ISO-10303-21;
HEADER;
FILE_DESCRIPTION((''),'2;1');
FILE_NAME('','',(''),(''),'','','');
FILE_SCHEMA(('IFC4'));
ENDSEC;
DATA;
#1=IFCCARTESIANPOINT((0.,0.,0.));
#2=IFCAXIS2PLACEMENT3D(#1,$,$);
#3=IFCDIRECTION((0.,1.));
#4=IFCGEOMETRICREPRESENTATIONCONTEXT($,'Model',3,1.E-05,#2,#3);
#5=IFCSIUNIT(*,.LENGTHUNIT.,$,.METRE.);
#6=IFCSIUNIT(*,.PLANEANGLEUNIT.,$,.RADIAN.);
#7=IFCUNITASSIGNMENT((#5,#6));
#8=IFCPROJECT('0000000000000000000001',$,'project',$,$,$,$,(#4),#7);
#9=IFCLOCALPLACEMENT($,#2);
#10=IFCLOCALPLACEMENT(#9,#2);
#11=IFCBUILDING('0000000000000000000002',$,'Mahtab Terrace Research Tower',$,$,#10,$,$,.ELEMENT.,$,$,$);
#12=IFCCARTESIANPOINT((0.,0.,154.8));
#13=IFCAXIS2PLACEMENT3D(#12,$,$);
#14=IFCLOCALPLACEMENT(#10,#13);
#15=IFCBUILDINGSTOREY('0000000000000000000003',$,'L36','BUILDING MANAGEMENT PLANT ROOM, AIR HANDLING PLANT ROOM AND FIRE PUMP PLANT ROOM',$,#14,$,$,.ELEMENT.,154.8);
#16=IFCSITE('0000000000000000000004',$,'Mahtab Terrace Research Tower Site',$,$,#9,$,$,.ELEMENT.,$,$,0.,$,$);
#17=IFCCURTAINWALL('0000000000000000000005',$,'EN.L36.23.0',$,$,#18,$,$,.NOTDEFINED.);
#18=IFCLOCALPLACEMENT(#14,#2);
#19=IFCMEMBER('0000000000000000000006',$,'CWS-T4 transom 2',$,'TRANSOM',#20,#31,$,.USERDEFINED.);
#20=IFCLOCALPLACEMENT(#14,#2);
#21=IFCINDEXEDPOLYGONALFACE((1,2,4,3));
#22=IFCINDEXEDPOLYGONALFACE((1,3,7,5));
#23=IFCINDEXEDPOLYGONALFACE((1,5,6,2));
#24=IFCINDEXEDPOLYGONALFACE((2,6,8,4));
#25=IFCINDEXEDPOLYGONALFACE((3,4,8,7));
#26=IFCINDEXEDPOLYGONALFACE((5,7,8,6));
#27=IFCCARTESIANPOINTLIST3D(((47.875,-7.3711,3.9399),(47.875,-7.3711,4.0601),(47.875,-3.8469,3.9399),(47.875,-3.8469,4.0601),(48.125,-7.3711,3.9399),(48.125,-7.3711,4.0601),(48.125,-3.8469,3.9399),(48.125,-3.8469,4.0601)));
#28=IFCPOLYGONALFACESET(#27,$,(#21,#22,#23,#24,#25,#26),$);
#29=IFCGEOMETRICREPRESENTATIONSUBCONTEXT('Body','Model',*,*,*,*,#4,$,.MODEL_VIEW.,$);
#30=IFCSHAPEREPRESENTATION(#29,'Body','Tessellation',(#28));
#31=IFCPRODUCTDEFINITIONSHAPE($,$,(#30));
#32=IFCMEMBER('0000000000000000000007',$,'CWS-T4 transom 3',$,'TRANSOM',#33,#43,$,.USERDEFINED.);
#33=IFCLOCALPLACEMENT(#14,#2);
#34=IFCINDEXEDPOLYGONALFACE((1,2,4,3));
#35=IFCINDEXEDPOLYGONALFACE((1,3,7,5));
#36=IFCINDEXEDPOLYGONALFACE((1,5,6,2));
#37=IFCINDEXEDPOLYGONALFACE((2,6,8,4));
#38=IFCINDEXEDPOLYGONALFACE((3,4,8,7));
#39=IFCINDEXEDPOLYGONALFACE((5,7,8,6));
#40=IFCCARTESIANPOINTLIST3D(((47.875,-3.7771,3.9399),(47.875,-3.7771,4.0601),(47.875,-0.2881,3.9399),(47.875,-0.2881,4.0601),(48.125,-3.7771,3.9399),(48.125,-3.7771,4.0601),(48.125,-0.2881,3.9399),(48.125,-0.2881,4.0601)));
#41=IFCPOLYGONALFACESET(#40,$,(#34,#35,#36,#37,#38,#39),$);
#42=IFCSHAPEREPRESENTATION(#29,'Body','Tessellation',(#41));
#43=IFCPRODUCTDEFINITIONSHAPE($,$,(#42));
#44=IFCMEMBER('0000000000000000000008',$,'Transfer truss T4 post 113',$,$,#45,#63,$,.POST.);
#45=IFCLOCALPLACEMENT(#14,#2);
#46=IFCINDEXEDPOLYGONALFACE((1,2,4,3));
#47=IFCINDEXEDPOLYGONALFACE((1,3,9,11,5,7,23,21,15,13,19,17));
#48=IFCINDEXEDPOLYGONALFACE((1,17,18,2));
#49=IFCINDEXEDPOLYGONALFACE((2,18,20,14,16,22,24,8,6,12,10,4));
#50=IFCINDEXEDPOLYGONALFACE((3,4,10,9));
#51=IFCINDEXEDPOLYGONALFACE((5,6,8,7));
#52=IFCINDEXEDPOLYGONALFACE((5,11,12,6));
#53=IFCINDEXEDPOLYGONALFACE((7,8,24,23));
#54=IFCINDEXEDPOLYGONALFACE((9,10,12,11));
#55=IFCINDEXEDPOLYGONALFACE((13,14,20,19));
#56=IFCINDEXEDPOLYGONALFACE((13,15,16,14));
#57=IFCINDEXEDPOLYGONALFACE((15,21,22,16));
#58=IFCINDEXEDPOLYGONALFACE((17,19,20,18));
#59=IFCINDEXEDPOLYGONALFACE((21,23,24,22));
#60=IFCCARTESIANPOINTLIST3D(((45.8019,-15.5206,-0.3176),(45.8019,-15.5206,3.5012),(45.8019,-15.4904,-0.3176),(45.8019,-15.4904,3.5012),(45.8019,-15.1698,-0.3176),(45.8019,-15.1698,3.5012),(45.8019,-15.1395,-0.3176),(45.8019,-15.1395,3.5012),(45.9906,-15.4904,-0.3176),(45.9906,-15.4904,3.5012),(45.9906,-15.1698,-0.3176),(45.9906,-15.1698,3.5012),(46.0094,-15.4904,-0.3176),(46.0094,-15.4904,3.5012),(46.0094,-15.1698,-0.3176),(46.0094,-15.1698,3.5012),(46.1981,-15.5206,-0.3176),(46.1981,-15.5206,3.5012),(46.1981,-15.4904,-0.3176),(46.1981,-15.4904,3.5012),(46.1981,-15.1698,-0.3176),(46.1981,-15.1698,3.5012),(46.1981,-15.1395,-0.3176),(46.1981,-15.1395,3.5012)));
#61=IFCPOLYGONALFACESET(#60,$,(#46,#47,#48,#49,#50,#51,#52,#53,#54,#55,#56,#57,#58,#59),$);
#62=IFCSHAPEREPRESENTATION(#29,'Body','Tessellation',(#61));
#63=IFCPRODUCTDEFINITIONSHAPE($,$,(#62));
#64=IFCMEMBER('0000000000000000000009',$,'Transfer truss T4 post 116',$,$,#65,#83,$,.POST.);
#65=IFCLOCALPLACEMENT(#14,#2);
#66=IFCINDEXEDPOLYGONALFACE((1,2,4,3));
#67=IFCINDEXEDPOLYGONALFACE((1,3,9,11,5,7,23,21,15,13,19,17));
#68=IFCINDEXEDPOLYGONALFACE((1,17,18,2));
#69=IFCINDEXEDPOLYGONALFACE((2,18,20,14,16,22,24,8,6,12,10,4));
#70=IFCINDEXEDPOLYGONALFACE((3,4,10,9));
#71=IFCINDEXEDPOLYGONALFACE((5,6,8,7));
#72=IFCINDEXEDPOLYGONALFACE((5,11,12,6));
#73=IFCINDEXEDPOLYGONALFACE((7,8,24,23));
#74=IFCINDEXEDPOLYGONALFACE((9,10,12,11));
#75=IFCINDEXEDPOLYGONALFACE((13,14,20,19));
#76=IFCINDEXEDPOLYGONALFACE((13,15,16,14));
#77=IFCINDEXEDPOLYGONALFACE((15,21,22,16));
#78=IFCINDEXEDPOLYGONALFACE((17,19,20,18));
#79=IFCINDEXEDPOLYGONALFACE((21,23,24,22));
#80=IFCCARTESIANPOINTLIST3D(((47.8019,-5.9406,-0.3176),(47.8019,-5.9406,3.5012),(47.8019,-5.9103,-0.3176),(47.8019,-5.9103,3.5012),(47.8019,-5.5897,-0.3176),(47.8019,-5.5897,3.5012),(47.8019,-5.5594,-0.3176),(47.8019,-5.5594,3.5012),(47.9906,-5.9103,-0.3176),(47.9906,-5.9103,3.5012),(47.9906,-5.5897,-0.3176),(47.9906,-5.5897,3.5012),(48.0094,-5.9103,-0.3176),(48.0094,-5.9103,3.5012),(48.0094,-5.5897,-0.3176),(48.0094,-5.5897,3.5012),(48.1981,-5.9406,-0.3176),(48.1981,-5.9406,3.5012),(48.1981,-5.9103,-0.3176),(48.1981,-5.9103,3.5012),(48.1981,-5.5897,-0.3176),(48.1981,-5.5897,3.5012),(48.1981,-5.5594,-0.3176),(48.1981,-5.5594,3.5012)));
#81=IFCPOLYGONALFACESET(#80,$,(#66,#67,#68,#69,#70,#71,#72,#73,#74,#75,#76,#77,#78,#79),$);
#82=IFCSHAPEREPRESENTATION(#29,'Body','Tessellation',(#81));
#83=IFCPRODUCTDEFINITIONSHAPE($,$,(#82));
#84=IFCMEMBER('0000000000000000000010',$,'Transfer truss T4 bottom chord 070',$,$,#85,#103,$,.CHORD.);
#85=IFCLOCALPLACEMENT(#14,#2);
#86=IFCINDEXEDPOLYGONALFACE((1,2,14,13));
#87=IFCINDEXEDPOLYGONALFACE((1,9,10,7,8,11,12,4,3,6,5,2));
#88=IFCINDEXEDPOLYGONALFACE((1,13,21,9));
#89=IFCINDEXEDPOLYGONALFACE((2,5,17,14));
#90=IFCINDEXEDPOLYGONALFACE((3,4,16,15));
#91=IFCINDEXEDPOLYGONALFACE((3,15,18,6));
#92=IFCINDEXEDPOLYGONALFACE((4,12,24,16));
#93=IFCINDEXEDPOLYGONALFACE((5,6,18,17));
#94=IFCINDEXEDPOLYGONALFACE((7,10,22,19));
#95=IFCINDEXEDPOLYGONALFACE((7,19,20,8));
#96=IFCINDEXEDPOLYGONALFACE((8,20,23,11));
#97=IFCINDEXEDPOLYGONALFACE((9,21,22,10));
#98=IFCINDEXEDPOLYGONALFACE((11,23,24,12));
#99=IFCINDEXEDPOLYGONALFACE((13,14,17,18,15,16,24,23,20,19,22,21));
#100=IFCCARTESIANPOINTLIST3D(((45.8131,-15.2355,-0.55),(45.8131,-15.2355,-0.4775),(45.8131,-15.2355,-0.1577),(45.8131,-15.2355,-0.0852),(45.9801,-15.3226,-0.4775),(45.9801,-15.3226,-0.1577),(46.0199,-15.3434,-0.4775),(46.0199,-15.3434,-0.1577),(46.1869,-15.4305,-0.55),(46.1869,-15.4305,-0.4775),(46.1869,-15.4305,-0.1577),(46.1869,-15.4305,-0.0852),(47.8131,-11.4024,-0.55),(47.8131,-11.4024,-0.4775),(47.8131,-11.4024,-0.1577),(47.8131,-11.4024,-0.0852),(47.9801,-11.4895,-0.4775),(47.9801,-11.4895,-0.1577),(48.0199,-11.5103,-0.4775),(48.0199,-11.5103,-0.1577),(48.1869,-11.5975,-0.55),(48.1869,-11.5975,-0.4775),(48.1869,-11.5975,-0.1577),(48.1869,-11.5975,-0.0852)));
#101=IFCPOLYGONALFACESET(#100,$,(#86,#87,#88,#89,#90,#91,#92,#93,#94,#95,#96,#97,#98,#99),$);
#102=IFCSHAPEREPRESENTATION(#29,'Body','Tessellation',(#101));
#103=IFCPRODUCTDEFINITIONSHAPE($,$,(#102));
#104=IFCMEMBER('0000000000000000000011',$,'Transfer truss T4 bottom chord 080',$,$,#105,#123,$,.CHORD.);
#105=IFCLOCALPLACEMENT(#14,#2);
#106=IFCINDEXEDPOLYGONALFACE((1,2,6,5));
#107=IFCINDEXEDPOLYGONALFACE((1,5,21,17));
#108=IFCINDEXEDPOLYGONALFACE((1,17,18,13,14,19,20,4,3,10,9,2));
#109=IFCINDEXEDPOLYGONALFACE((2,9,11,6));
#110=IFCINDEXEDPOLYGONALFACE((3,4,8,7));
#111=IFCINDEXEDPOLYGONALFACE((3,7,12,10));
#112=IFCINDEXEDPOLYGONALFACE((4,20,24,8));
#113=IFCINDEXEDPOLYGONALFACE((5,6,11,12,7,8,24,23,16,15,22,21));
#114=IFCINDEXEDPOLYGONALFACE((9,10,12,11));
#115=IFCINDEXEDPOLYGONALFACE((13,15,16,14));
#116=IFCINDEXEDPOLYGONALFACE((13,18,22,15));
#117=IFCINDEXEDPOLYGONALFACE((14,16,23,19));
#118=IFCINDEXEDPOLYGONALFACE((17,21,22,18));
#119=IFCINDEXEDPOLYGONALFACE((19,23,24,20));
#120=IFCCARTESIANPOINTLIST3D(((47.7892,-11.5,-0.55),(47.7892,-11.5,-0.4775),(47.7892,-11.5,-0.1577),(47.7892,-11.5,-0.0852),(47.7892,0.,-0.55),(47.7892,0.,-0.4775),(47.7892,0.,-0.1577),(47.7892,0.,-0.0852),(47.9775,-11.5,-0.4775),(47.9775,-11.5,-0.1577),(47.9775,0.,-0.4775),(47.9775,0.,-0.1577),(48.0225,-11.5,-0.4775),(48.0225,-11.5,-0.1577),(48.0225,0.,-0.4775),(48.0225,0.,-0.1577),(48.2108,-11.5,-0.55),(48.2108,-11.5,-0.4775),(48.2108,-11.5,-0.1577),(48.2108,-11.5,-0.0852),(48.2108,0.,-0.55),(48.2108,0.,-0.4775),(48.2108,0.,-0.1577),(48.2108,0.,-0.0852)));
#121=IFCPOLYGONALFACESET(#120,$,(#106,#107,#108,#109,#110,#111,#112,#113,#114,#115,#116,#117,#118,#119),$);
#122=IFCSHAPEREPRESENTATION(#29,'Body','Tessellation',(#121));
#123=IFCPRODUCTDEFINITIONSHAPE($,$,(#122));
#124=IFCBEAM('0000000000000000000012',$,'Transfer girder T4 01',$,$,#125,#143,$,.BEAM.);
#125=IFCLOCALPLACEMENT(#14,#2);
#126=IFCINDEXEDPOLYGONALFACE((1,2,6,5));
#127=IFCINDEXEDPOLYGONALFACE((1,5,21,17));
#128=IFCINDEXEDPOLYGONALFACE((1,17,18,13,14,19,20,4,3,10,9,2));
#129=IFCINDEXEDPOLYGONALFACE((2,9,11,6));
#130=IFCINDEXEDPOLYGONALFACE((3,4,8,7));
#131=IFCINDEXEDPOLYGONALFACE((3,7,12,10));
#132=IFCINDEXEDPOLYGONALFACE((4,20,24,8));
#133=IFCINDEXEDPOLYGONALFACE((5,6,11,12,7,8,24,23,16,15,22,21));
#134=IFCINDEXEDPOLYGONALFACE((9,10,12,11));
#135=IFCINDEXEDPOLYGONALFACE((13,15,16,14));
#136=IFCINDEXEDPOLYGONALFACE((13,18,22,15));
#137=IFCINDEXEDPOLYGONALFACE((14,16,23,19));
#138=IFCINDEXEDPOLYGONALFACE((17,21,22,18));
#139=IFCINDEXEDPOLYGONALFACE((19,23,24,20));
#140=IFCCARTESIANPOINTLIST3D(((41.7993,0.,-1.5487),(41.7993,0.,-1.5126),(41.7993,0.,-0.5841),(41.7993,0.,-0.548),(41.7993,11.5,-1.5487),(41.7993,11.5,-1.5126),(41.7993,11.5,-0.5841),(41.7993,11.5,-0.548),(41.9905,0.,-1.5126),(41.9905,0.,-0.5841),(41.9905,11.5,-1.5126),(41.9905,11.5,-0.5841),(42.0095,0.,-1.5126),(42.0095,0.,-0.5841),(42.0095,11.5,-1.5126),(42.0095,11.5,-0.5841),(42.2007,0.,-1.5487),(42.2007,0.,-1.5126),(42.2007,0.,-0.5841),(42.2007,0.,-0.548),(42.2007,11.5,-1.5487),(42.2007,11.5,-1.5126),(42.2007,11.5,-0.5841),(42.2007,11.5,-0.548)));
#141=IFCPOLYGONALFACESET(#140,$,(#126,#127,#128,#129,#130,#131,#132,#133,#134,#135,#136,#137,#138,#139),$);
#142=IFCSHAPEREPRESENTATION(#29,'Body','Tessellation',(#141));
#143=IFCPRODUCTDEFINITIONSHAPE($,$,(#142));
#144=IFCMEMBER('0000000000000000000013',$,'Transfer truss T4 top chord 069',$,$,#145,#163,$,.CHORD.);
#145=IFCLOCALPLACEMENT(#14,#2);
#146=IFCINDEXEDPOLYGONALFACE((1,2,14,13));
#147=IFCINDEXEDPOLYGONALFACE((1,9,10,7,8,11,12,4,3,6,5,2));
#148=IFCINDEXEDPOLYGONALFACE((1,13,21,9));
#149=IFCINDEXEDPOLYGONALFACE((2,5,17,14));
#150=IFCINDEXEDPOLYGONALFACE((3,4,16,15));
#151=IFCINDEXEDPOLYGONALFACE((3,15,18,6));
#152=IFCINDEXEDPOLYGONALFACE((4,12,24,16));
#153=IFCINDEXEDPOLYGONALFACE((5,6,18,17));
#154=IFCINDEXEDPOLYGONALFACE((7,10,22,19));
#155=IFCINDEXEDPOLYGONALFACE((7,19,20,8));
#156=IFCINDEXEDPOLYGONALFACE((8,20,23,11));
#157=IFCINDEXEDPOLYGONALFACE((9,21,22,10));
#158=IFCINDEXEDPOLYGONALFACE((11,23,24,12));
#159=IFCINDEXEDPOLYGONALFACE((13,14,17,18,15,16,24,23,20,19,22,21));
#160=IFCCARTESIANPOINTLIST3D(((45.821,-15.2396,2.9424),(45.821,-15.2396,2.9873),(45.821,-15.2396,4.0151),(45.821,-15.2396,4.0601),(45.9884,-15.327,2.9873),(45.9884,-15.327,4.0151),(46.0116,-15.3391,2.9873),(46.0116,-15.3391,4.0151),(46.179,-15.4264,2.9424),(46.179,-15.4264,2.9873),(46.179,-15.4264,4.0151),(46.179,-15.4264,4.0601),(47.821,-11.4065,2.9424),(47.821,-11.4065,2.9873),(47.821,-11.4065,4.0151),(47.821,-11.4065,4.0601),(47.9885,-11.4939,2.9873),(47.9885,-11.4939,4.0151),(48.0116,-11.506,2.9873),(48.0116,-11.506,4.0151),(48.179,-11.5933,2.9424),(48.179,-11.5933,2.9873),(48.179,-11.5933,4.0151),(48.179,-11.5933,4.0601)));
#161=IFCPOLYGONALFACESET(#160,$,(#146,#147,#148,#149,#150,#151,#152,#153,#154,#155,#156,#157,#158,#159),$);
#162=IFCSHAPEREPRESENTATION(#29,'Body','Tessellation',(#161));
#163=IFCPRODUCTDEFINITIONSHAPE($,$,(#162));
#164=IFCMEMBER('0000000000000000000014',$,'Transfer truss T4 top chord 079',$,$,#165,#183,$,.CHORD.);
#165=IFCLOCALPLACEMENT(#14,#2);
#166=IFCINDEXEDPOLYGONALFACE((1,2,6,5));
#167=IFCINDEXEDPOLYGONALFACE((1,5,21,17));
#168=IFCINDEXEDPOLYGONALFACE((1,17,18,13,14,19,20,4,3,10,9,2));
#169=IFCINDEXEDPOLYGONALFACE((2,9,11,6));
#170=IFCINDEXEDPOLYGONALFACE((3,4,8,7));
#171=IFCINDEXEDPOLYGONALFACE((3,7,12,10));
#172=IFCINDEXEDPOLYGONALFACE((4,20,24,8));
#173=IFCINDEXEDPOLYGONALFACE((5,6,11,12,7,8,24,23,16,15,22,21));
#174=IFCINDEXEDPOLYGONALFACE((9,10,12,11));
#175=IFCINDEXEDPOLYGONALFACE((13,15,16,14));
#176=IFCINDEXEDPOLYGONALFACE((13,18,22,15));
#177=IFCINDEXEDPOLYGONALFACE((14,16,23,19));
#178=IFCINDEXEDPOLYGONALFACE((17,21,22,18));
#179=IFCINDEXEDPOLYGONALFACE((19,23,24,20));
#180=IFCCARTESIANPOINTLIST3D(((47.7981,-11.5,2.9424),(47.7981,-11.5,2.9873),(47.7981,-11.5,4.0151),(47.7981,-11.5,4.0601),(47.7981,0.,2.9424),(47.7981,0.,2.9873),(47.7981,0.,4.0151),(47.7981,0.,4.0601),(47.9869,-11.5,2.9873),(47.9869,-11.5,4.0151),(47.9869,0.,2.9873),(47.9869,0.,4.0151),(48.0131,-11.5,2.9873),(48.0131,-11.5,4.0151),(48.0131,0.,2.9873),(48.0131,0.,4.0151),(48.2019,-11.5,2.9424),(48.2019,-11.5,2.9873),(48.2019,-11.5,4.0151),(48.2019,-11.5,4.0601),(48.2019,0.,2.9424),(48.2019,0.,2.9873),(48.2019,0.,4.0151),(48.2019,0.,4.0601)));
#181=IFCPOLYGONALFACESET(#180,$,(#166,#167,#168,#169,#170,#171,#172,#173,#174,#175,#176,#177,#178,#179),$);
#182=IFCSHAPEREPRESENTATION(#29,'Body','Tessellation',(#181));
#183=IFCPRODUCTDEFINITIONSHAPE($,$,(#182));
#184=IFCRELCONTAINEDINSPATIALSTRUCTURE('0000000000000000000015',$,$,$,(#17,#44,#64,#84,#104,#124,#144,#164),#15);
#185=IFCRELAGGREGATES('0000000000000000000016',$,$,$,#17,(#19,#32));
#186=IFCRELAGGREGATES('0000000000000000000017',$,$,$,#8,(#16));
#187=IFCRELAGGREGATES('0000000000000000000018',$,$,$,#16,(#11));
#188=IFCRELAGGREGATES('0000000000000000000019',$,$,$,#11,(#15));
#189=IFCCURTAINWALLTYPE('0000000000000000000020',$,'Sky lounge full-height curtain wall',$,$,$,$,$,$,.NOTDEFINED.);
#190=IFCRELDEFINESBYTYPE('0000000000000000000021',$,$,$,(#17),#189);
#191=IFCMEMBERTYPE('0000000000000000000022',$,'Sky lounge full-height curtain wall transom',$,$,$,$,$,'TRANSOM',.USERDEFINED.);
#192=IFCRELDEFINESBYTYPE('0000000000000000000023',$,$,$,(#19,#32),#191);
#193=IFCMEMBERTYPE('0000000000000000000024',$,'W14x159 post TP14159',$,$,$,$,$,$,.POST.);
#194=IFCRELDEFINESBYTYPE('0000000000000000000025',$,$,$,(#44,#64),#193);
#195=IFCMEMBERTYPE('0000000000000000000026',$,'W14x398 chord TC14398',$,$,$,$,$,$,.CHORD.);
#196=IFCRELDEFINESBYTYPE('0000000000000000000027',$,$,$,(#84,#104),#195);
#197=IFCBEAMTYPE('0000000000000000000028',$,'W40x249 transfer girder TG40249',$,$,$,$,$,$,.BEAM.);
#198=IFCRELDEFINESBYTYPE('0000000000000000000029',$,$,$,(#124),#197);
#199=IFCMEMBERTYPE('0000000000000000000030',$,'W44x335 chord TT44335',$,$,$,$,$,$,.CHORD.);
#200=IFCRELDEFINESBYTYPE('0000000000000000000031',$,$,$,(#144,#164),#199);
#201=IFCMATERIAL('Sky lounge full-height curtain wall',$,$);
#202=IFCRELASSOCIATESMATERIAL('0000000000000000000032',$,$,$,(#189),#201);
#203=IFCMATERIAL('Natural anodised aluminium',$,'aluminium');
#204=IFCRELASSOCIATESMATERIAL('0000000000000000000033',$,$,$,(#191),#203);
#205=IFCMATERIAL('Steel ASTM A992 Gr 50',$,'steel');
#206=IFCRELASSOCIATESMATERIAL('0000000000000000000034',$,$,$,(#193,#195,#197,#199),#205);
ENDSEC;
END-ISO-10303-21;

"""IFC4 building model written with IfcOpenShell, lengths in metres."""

from ifc_helpers import new_model, si_unit, direction, frame, origin, origin_2d, place, context, subcontext, project, spatial, rectangle, i_section, extrude, material, material_profile, profile_set, type_object, element, aggregate, save


model = new_model("IFC4")

# Units and contexts
model_context = context("Model", 3, precision=1e-05, world=origin(), true_north=direction((0.0, 1.0)))
body_context = subcontext(model_context, "Body", "Model", "MODEL_VIEW")
ifc_project = project(units=[si_unit("LENGTHUNIT", "METRE"), si_unit("PLANEANGLEUNIT", "RADIAN")], contexts=[model_context])

# Site, building, storey
site_placement = place(None, origin())
site = spatial("IfcSite", under=ifc_project, at=site_placement, Name="Mahtab Terrace Research Tower Site", CompositionType="ELEMENT", RefElevation=0.0)
building_placement = place(site_placement, origin())
building = spatial("IfcBuilding", under=site, at=building_placement, Name="Mahtab Terrace Research Tower", CompositionType="ELEMENT")
storey_placement = place(building_placement, frame((0.0, 0.0, 154.8)))
storey = spatial("IfcBuildingStorey", under=building, at=storey_placement, Name="L36", Description="BUILDING MANAGEMENT PLANT ROOM, AIR HANDLING PLANT ROOM AND FIRE PUMP PLANT ROOM", CompositionType="ELEMENT", Elevation=154.8)

# Shared definitions
ifc_material_1 = material(Name="Steel ASTM A992 Gr 50", Category="steel")

# Curtain wall
ifc_material_2 = material(Name="Sky lounge full-height curtain wall")
curtain_wall_type = type_object("IfcCurtainWallType", Name="Sky lounge full-height curtain wall", PredefinedType="NOTDEFINED", material=ifc_material_2)
ifc_material_3 = material(Name="Natural anodised aluminium", Category="aluminium")
curtain_wall_1_placement = place(storey_placement, origin())
curtain_wall_1 = element("IfcCurtainWall", 1, at=curtain_wall_1_placement, inside=storey, type_object=curtain_wall_type, Name="EN.L36.23.0", PredefinedType="NOTDEFINED")

# Members
ifc_material_profile_1 = material_profile(ifc_material_3, rectangle(XDim=0.25, YDim=0.1201, at=origin_2d()), Name="TRANSOM 120x250")
ifc_profile_set_1 = profile_set([ifc_material_profile_1], Name="Natural anodised aluminium")
member_type_1 = type_object("IfcMemberType", Name="Sky lounge full-height curtain wall transom", ElementType="TRANSOM", PredefinedType="USERDEFINED", material=ifc_profile_set_1)
member_1_placement = place(storey_placement, frame((48.0, -7.3711, 4.0), z_axis=(0.0, 1.0, 0.0), x_axis=(-1.0, 0.0, 0.0)))
member_1 = element("IfcMember", 2, at=member_1_placement, type_object=member_type_1, Name="CWS-T4 transom 2", ObjectType="TRANSOM", PredefinedType="USERDEFINED", context=body_context, shape_type="SweptSolid", body=[
    extrude(rectangle(XDim=0.25, YDim=0.1201, at=origin_2d()), origin(), (0.0, 0.0, 1.0), 3.5242),
])
member_2_placement = place(storey_placement, frame((48.0, -3.7771, 4.0), z_axis=(0.0, 1.0, 0.0), x_axis=(-1.0, 0.0, 0.0)))
member_2 = element("IfcMember", 3, at=member_2_placement, type_object=member_type_1, Name="CWS-T4 transom 3", ObjectType="TRANSOM", PredefinedType="USERDEFINED", context=body_context, shape_type="SweptSolid", body=[
    extrude(rectangle(XDim=0.25, YDim=0.1201, at=origin_2d()), origin(), (0.0, 0.0, 1.0), 3.489),
])

# Members
ifc_material_profile_2 = material_profile(ifc_material_1, i_section(OverallWidth=0.3962, OverallDepth=0.3811, WebThickness=0.0188, FlangeThickness=0.0303, at=origin_2d()), Name="W14X159")
ifc_profile_set_2 = profile_set([ifc_material_profile_2], Name="Steel ASTM A992 Gr 50")
member_type_2 = type_object("IfcMemberType", Name="W14x159 post TP14159", PredefinedType="POST", material=ifc_profile_set_2)
for number, where, z_axis, x_axis, name in (
    (4, (46.0, -15.3301, -0.3176), (0.0, 0.0, 1.0), (1.0, 0.0, 0.0), "Transfer truss T4 post 113"),
    (5, (48.0, -5.75, -0.3176), (0.0, 0.0, 1.0), (1.0, 0.0, 0.0), "Transfer truss T4 post 116"),
):
    element("IfcMember", number, at=place(storey_placement, frame(where, z_axis=z_axis, x_axis=x_axis)), inside=storey, type_object=member_type_2, Name=name, PredefinedType="POST", context=body_context, shape_type="SweptSolid", body=[
        extrude(i_section(OverallWidth=0.3962, OverallDepth=0.3811, WebThickness=0.0188, FlangeThickness=0.0303, at=origin_2d()), origin(), (0.0, 0.0, 1.0), 3.8188),
    ])
ifc_material_profile_3 = material_profile(ifc_material_1, i_section(OverallWidth=0.4216, OverallDepth=0.4648, WebThickness=0.0449, FlangeThickness=0.0725, at=origin_2d()), Name="W14X398")
ifc_profile_set_3 = profile_set([ifc_material_profile_3], Name="Steel ASTM A992 Gr 50")
member_type_3 = type_object("IfcMemberType", Name="W14x398 chord TC14398", PredefinedType="CHORD", material=ifc_profile_set_3)
member_3_placement = place(storey_placement, frame((46.0, -15.333, -0.3176), z_axis=(0.462597, 0.886569, 0.0), x_axis=(-0.886569, 0.462597, 0.0)))
element("IfcMember", 6, at=member_3_placement, inside=storey, type_object=member_type_3, Name="Transfer truss T4 bottom chord 070", PredefinedType="CHORD", context=body_context, shape_type="SweptSolid", body=[
    extrude(i_section(OverallWidth=0.4216, OverallDepth=0.4648, WebThickness=0.0449, FlangeThickness=0.0725, at=origin_2d()), origin(), (0.0, 0.0, 1.0), 4.3235),
])
member_4_placement = place(storey_placement, frame((48.0, -11.5, -0.3176), z_axis=(0.0, 1.0, 0.0), x_axis=(-1.0, 0.0, 0.0)))
element("IfcMember", 7, at=member_4_placement, inside=storey, type_object=member_type_3, Name="Transfer truss T4 bottom chord 080", PredefinedType="CHORD", context=body_context, shape_type="SweptSolid", body=[
    extrude(i_section(OverallWidth=0.4216, OverallDepth=0.4648, WebThickness=0.0449, FlangeThickness=0.0725, at=origin_2d()), origin(), (0.0, 0.0, 1.0), 11.5),
])

# Beam
ifc_material_profile_4 = material_profile(ifc_material_1, i_section(OverallWidth=0.4014, OverallDepth=1.0007, WebThickness=0.019, FlangeThickness=0.0361, at=origin_2d()), Name="W40X249")
ifc_profile_set_4 = profile_set([ifc_material_profile_4], Name="Steel ASTM A992 Gr 50")
beam_type = type_object("IfcBeamType", Name="W40x249 transfer girder TG40249", PredefinedType="BEAM", material=ifc_profile_set_4)
beam_placement = place(storey_placement, frame((42.0, 0.0, -1.0483), z_axis=(0.0, 1.0, 0.0), x_axis=(-1.0, 0.0, 0.0)))
element("IfcBeam", 8, at=beam_placement, inside=storey, type_object=beam_type, Name="Transfer girder T4 01", PredefinedType="BEAM", context=body_context, shape_type="SweptSolid", body=[
    extrude(i_section(OverallWidth=0.4014, OverallDepth=1.0007, WebThickness=0.019, FlangeThickness=0.0361, at=origin_2d()), origin(), (0.0, 0.0, 1.0), 11.5),
])

# Members
ifc_material_profile_5 = material_profile(ifc_material_1, i_section(OverallWidth=0.4038, OverallDepth=1.1177, WebThickness=0.0261, FlangeThickness=0.0449, at=origin_2d()), Name="W44X335")
ifc_profile_set_5 = profile_set([ifc_material_profile_5], Name="Steel ASTM A992 Gr 50")
member_type_4 = type_object("IfcMemberType", Name="W44x335 chord TT44335", PredefinedType="CHORD", material=ifc_profile_set_5)
member_5_placement = place(storey_placement, frame((46.0, -15.333, 3.5012), z_axis=(0.462597, 0.886569, 0.0), x_axis=(-0.886569, 0.462597, 0.0)))
element("IfcMember", 9, at=member_5_placement, inside=storey, type_object=member_type_4, Name="Transfer truss T4 top chord 069", PredefinedType="CHORD", context=body_context, shape_type="SweptSolid", body=[
    extrude(i_section(OverallWidth=0.4038, OverallDepth=1.1177, WebThickness=0.0261, FlangeThickness=0.0449, at=origin_2d()), origin(), (0.0, 0.0, 1.0), 4.3235),
])
member_6_placement = place(storey_placement, frame((48.0, -11.5, 3.5012), z_axis=(0.0, 1.0, 0.0), x_axis=(-1.0, 0.0, 0.0)))
element("IfcMember", 10, at=member_6_placement, inside=storey, type_object=member_type_4, Name="Transfer truss T4 top chord 079", PredefinedType="CHORD", context=body_context, shape_type="SweptSolid", body=[
    extrude(i_section(OverallWidth=0.4038, OverallDepth=1.1177, WebThickness=0.0261, FlangeThickness=0.0449, at=origin_2d()), origin(), (0.0, 0.0, 1.0), 11.5),
])

aggregate(curtain_wall_1, [member_1, member_2])

save(model, "model.ifc")
